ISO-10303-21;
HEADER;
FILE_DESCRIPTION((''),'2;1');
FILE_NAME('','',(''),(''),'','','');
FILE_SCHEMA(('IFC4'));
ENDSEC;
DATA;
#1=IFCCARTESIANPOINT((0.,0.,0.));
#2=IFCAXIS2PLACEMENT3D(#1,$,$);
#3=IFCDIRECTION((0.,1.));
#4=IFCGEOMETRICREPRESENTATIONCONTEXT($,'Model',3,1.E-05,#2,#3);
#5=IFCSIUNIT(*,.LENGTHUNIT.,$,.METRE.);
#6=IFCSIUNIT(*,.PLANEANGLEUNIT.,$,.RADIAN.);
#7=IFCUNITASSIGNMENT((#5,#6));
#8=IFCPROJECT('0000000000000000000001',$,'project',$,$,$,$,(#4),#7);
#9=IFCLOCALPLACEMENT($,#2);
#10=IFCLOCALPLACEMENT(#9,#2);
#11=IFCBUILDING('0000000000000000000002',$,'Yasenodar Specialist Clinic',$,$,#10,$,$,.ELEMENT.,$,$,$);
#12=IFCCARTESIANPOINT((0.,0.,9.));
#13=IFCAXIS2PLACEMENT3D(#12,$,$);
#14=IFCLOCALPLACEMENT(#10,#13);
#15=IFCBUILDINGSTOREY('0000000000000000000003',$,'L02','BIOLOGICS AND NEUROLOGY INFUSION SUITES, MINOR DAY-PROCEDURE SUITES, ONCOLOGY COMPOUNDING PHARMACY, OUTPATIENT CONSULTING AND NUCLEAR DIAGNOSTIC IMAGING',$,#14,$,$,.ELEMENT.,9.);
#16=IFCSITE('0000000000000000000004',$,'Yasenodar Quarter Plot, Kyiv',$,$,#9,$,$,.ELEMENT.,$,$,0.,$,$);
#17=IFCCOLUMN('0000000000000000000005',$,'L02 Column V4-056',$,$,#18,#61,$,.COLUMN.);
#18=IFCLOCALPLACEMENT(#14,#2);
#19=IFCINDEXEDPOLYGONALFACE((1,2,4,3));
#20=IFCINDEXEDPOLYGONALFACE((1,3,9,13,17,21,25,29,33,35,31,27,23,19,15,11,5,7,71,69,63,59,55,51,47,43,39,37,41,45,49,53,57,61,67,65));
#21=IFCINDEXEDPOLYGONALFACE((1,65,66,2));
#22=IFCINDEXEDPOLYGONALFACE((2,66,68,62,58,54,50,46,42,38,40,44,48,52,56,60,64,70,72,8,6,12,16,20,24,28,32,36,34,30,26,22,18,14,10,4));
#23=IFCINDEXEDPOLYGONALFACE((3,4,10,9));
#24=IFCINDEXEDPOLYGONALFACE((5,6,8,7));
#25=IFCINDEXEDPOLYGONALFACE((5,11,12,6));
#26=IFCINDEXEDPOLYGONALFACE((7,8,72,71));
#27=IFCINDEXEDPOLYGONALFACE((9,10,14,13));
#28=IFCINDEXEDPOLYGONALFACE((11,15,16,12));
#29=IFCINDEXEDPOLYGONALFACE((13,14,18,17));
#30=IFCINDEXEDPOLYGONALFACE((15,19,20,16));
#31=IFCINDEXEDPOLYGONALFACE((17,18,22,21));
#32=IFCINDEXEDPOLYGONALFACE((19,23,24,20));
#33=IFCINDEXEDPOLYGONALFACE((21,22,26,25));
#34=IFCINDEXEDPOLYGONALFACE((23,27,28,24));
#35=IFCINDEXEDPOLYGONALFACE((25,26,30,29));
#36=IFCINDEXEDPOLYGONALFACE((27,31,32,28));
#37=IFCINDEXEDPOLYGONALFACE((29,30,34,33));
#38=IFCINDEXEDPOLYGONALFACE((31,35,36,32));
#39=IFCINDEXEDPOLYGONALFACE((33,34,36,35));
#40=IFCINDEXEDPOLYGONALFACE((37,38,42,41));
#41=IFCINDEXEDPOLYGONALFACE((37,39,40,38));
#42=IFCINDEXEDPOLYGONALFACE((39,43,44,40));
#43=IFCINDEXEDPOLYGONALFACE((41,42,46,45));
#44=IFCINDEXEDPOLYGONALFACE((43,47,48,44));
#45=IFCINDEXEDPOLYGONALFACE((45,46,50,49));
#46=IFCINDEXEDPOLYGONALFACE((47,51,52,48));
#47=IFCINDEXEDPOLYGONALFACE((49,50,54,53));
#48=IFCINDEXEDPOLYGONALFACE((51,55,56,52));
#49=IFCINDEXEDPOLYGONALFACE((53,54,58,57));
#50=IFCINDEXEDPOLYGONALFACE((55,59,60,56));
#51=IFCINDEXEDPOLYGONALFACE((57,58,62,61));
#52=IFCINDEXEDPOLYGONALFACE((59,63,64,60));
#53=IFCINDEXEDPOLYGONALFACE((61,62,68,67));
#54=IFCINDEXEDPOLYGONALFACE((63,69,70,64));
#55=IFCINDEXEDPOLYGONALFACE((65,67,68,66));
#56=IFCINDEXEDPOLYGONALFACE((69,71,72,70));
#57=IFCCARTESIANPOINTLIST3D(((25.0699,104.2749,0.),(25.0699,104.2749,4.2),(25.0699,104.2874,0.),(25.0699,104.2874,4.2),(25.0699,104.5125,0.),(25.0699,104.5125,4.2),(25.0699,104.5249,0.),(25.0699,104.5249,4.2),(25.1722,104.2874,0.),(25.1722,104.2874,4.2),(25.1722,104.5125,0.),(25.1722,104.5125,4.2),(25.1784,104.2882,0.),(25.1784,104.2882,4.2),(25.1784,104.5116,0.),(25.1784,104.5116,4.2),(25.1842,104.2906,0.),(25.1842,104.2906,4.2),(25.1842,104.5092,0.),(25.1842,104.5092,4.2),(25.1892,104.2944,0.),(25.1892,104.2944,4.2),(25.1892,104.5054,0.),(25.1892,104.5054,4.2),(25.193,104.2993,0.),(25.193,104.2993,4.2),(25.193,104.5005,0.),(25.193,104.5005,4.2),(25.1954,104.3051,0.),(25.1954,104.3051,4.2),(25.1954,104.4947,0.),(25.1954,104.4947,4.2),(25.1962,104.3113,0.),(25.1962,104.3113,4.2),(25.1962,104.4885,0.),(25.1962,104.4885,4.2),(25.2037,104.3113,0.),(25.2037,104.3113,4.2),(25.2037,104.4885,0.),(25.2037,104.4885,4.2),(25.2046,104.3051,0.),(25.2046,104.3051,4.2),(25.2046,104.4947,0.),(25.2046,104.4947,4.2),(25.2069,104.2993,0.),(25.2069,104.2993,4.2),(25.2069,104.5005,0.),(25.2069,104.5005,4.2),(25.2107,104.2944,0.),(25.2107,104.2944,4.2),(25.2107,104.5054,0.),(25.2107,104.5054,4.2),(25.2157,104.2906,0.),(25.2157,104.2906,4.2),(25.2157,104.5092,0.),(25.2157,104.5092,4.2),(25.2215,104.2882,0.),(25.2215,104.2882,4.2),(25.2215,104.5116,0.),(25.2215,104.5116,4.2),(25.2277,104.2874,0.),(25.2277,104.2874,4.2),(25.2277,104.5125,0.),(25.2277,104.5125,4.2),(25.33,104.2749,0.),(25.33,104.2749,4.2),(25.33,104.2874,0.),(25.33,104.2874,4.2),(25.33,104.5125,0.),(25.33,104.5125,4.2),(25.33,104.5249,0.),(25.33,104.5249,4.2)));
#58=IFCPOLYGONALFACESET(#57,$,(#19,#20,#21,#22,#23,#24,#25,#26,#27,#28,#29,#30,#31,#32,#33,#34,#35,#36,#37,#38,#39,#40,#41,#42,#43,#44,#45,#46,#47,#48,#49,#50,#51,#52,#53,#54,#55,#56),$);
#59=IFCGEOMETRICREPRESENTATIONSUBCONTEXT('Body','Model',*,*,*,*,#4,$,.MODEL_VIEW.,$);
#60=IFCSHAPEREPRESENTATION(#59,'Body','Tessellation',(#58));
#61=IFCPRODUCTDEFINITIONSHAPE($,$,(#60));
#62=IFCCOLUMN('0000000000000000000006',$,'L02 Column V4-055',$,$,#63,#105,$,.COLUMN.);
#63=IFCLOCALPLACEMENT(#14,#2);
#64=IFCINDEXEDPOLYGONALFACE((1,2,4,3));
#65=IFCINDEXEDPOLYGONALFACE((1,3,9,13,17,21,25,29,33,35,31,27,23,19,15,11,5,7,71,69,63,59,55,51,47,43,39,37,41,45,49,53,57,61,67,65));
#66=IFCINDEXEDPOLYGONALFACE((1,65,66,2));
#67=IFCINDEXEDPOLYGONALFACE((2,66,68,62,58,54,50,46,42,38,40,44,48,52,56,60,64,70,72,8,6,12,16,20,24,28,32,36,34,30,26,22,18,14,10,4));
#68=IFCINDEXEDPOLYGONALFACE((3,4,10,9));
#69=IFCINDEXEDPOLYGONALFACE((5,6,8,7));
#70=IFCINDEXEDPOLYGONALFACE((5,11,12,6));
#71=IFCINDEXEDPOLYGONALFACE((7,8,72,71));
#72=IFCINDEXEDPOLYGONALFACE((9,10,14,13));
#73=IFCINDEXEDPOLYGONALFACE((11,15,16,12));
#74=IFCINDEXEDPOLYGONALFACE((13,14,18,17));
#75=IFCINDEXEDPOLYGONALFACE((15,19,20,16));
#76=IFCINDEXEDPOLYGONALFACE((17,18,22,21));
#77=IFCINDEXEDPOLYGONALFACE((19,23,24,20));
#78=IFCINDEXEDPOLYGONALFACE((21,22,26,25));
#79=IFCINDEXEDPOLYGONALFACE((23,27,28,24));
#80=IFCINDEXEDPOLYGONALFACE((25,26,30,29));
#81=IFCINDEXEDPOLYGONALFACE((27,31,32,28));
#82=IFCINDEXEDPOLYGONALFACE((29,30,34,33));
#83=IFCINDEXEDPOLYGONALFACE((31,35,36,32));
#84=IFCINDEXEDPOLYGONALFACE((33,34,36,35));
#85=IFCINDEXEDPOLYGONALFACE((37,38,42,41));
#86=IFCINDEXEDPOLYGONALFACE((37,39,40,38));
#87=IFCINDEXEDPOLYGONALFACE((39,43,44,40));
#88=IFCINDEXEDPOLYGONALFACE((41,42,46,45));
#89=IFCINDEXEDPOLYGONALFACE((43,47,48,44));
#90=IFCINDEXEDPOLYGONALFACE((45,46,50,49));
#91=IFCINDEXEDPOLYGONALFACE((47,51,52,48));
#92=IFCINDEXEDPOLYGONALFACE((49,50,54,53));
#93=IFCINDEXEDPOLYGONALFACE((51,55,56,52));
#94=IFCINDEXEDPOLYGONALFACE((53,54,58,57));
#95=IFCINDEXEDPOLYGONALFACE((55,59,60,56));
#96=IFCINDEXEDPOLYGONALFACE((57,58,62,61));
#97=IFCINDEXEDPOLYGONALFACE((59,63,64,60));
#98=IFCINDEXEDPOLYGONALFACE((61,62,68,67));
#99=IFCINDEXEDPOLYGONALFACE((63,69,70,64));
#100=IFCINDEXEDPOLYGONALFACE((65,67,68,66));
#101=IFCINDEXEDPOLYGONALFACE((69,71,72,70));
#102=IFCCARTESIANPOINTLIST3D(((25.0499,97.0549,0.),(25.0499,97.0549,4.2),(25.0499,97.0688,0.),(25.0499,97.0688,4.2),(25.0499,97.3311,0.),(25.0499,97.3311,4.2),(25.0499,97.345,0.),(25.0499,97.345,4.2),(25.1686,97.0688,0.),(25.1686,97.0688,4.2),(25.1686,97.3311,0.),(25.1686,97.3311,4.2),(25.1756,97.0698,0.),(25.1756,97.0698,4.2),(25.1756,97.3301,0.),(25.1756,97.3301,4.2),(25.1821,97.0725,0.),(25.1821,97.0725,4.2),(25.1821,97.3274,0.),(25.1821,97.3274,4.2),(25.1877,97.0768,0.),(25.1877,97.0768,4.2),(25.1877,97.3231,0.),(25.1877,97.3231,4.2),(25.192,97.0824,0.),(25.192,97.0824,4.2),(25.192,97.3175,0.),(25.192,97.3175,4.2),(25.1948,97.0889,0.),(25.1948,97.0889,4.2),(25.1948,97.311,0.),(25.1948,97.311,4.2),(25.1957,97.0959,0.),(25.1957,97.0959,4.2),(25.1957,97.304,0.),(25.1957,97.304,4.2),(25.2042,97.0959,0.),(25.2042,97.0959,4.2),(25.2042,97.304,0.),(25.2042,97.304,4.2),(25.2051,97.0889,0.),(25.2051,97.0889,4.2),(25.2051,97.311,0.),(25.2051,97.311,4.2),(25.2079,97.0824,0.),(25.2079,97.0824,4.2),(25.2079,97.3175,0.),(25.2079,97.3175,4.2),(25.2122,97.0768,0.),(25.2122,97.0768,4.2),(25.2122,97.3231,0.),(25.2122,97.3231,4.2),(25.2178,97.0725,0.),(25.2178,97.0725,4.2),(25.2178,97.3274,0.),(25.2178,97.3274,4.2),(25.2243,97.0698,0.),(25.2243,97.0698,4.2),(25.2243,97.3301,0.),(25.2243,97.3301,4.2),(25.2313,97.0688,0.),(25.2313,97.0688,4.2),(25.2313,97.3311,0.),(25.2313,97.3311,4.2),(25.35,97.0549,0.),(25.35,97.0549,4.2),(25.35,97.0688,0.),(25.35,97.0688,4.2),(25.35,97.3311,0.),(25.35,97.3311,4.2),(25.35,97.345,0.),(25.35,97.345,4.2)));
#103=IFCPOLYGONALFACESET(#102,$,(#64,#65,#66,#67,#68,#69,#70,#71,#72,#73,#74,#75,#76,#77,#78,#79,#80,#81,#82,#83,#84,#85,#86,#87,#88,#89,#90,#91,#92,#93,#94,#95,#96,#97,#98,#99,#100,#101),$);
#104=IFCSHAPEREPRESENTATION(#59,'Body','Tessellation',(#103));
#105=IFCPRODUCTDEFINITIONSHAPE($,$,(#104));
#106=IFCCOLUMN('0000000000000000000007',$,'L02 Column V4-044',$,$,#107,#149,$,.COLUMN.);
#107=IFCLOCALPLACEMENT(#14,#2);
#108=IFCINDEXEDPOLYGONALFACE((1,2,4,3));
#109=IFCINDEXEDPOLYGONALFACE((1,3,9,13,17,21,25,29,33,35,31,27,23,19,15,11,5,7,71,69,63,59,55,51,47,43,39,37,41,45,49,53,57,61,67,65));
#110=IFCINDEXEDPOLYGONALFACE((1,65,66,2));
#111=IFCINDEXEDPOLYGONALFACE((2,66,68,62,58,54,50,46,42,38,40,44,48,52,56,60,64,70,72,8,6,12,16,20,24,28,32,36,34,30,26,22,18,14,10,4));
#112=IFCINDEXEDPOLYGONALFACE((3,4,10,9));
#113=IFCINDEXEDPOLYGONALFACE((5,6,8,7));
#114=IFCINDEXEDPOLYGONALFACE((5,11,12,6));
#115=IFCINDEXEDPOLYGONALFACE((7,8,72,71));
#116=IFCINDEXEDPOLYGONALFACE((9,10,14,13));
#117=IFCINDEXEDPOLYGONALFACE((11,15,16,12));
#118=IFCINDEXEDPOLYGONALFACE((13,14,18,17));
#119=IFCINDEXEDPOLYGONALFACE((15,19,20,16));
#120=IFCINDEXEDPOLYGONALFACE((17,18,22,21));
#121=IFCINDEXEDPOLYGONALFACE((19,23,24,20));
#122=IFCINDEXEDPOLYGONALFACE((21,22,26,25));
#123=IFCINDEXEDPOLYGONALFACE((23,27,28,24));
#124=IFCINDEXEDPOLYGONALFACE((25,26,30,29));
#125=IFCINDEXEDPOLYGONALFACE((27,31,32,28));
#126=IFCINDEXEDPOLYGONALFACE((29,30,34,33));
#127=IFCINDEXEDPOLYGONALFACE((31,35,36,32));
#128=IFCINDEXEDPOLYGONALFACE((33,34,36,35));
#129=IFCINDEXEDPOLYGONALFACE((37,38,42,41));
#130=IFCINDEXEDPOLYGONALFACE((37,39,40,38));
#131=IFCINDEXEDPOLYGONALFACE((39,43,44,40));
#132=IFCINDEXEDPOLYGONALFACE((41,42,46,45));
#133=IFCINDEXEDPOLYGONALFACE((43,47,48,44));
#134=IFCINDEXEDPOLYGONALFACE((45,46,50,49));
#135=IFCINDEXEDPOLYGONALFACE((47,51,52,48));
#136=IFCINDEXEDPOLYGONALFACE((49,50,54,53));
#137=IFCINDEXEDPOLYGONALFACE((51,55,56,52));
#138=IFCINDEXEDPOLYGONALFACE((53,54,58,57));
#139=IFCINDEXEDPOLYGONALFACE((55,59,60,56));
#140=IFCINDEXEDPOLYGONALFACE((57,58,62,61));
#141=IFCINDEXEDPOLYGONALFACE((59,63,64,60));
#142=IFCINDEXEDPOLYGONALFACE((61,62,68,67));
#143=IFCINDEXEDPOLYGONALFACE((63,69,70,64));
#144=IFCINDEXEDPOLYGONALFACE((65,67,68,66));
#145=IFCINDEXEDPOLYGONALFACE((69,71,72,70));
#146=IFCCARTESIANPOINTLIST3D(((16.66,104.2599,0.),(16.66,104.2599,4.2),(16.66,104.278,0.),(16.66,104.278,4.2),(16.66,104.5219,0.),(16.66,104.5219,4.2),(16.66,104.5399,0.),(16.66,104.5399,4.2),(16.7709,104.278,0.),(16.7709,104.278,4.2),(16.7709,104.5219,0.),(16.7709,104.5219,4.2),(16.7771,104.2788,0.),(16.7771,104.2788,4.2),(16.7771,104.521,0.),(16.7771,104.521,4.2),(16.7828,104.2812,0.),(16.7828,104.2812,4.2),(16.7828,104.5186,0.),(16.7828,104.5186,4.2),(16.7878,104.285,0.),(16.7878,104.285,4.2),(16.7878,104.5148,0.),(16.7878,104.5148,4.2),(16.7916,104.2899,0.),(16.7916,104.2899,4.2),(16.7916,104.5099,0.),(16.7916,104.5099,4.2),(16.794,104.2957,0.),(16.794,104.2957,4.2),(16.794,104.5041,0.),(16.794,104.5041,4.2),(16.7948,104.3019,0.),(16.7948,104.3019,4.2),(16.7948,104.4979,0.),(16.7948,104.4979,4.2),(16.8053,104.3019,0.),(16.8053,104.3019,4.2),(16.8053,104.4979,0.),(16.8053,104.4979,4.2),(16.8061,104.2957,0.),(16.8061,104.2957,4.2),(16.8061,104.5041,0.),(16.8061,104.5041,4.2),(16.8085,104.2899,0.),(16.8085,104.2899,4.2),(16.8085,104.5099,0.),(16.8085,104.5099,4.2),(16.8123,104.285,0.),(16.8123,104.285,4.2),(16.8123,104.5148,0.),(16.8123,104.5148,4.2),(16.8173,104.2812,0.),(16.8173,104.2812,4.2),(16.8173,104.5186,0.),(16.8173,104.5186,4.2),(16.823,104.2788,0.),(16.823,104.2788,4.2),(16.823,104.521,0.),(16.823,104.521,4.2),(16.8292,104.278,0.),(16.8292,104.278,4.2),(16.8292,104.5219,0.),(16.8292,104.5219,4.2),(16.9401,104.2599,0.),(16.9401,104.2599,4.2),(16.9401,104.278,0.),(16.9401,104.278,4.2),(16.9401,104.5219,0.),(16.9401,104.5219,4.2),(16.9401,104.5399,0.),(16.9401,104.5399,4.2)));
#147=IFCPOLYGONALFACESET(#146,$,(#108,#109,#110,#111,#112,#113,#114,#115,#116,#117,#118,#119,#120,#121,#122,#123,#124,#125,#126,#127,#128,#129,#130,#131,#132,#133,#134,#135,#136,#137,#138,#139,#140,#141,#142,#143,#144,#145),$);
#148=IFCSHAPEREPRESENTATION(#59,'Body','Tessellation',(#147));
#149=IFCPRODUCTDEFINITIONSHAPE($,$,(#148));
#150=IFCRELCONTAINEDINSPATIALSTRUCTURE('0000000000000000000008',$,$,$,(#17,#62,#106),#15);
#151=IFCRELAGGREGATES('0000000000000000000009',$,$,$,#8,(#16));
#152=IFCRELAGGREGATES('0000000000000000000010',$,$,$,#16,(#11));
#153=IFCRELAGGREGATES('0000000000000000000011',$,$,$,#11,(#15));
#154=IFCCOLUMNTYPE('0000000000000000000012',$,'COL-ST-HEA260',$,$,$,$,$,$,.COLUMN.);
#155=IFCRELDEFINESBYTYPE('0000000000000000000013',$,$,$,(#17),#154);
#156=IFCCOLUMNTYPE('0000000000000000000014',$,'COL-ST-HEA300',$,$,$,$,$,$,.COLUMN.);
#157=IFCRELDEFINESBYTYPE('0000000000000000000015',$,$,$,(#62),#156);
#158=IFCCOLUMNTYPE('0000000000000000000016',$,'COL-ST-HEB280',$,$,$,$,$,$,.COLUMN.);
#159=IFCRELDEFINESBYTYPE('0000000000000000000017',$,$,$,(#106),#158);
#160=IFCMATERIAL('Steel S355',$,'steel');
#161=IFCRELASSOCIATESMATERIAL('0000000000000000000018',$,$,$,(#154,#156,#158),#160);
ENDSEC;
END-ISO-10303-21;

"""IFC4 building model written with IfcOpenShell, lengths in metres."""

from ifc_helpers import new_model, si_unit, direction, frame, origin, origin_2d, place, context, subcontext, project, spatial, i_section, extrude, material, material_profile, profile_set, type_object, element, save


model = new_model("IFC4")

# Units and contexts
model_context = context("Model", 3, precision=1e-05, world=origin(), true_north=direction((0.0, 1.0)))
body_context = subcontext(model_context, "Body", "Model", "MODEL_VIEW")
ifc_project = project(units=[si_unit("LENGTHUNIT", "METRE"), si_unit("PLANEANGLEUNIT", "RADIAN")], contexts=[model_context])

# Site, building, storey
site_placement = place(None, origin())
site = spatial("IfcSite", under=ifc_project, at=site_placement, Name="Yasenodar Quarter Plot, Kyiv", CompositionType="ELEMENT", RefElevation=0.0)
building_placement = place(site_placement, origin())
building = spatial("IfcBuilding", under=site, at=building_placement, Name="Yasenodar Specialist Clinic", CompositionType="ELEMENT")
storey_placement = place(building_placement, frame((0.0, 0.0, 9.0)))
storey = spatial("IfcBuildingStorey", under=building, at=storey_placement, Name="L02", Description="BIOLOGICS AND NEUROLOGY INFUSION SUITES, MINOR DAY-PROCEDURE SUITES, ONCOLOGY COMPOUNDING PHARMACY, OUTPATIENT CONSULTING AND NUCLEAR DIAGNOSTIC IMAGING", CompositionType="ELEMENT", Elevation=9.0)

# Columns
ifc_material_1 = material(Name="Steel S355", Category="steel")
ifc_material_profile_1 = material_profile(ifc_material_1, i_section(OverallWidth=0.26, OverallDepth=0.25, WebThickness=0.0076, FlangeThickness=0.0125, FilletRadius=0.0239, at=origin_2d()), Name="HEA 260")
ifc_profile_set_1 = profile_set([ifc_material_profile_1], Name="Steel S355")
column_type_1 = type_object("IfcColumnType", Name="COL-ST-HEA260", PredefinedType="COLUMN", material=ifc_profile_set_1)
column_1_placement = place(storey_placement, frame((25.2, 104.3999, 0.0), z_axis=(0.0, 0.0, 1.0), x_axis=(1.0, 0.0, 0.0)))
element("IfcColumn", 1, at=column_1_placement, inside=storey, type_object=column_type_1, Name="L02 Column V4-056", PredefinedType="COLUMN", context=body_context, shape_type="SweptSolid", body=[
    extrude(i_section(OverallWidth=0.26, OverallDepth=0.25, WebThickness=0.0076, FlangeThickness=0.0125, FilletRadius=0.0239, at=origin_2d()), origin(), (0.0, 0.0, 1.0), 4.2),
])
ifc_material_profile_2 = material_profile(ifc_material_1, i_section(OverallWidth=0.3, OverallDepth=0.29, WebThickness=0.0085, FlangeThickness=0.0139, FilletRadius=0.0271, at=origin_2d()), Name="HEA 300")
ifc_profile_set_2 = profile_set([ifc_material_profile_2], Name="Steel S355")
column_type_2 = type_object("IfcColumnType", Name="COL-ST-HEA300", PredefinedType="COLUMN", material=ifc_profile_set_2)
column_2_placement = place(storey_placement, frame((25.2, 97.2, 0.0), z_axis=(0.0, 0.0, 1.0), x_axis=(1.0, 0.0, 0.0)))
element("IfcColumn", 2, at=column_2_placement, inside=storey, type_object=column_type_2, Name="L02 Column V4-055", PredefinedType="COLUMN", context=body_context, shape_type="SweptSolid", body=[
    extrude(i_section(OverallWidth=0.3, OverallDepth=0.29, WebThickness=0.0085, FlangeThickness=0.0139, FilletRadius=0.0271, at=origin_2d()), origin(), (0.0, 0.0, 1.0), 4.2),
])
ifc_material_profile_3 = material_profile(ifc_material_1, i_section(OverallWidth=0.28, OverallDepth=0.28, WebThickness=0.0105, FlangeThickness=0.0181, FilletRadius=0.0239, at=origin_2d()), Name="HEB 280")
ifc_profile_set_3 = profile_set([ifc_material_profile_3], Name="Steel S355")
column_type_3 = type_object("IfcColumnType", Name="COL-ST-HEB280", PredefinedType="COLUMN", material=ifc_profile_set_3)
column_3_placement = place(storey_placement, frame((16.8, 104.3999, 0.0), z_axis=(0.0, 0.0, 1.0), x_axis=(1.0, 0.0, 0.0)))
element("IfcColumn", 3, at=column_3_placement, inside=storey, type_object=column_type_3, Name="L02 Column V4-044", PredefinedType="COLUMN", context=body_context, shape_type="SweptSolid", body=[
    extrude(i_section(OverallWidth=0.28, OverallDepth=0.28, WebThickness=0.0105, FlangeThickness=0.0181, FilletRadius=0.0239, at=origin_2d()), origin(), (0.0, 0.0, 1.0), 4.2),
])

save(model, "model.ifc")
